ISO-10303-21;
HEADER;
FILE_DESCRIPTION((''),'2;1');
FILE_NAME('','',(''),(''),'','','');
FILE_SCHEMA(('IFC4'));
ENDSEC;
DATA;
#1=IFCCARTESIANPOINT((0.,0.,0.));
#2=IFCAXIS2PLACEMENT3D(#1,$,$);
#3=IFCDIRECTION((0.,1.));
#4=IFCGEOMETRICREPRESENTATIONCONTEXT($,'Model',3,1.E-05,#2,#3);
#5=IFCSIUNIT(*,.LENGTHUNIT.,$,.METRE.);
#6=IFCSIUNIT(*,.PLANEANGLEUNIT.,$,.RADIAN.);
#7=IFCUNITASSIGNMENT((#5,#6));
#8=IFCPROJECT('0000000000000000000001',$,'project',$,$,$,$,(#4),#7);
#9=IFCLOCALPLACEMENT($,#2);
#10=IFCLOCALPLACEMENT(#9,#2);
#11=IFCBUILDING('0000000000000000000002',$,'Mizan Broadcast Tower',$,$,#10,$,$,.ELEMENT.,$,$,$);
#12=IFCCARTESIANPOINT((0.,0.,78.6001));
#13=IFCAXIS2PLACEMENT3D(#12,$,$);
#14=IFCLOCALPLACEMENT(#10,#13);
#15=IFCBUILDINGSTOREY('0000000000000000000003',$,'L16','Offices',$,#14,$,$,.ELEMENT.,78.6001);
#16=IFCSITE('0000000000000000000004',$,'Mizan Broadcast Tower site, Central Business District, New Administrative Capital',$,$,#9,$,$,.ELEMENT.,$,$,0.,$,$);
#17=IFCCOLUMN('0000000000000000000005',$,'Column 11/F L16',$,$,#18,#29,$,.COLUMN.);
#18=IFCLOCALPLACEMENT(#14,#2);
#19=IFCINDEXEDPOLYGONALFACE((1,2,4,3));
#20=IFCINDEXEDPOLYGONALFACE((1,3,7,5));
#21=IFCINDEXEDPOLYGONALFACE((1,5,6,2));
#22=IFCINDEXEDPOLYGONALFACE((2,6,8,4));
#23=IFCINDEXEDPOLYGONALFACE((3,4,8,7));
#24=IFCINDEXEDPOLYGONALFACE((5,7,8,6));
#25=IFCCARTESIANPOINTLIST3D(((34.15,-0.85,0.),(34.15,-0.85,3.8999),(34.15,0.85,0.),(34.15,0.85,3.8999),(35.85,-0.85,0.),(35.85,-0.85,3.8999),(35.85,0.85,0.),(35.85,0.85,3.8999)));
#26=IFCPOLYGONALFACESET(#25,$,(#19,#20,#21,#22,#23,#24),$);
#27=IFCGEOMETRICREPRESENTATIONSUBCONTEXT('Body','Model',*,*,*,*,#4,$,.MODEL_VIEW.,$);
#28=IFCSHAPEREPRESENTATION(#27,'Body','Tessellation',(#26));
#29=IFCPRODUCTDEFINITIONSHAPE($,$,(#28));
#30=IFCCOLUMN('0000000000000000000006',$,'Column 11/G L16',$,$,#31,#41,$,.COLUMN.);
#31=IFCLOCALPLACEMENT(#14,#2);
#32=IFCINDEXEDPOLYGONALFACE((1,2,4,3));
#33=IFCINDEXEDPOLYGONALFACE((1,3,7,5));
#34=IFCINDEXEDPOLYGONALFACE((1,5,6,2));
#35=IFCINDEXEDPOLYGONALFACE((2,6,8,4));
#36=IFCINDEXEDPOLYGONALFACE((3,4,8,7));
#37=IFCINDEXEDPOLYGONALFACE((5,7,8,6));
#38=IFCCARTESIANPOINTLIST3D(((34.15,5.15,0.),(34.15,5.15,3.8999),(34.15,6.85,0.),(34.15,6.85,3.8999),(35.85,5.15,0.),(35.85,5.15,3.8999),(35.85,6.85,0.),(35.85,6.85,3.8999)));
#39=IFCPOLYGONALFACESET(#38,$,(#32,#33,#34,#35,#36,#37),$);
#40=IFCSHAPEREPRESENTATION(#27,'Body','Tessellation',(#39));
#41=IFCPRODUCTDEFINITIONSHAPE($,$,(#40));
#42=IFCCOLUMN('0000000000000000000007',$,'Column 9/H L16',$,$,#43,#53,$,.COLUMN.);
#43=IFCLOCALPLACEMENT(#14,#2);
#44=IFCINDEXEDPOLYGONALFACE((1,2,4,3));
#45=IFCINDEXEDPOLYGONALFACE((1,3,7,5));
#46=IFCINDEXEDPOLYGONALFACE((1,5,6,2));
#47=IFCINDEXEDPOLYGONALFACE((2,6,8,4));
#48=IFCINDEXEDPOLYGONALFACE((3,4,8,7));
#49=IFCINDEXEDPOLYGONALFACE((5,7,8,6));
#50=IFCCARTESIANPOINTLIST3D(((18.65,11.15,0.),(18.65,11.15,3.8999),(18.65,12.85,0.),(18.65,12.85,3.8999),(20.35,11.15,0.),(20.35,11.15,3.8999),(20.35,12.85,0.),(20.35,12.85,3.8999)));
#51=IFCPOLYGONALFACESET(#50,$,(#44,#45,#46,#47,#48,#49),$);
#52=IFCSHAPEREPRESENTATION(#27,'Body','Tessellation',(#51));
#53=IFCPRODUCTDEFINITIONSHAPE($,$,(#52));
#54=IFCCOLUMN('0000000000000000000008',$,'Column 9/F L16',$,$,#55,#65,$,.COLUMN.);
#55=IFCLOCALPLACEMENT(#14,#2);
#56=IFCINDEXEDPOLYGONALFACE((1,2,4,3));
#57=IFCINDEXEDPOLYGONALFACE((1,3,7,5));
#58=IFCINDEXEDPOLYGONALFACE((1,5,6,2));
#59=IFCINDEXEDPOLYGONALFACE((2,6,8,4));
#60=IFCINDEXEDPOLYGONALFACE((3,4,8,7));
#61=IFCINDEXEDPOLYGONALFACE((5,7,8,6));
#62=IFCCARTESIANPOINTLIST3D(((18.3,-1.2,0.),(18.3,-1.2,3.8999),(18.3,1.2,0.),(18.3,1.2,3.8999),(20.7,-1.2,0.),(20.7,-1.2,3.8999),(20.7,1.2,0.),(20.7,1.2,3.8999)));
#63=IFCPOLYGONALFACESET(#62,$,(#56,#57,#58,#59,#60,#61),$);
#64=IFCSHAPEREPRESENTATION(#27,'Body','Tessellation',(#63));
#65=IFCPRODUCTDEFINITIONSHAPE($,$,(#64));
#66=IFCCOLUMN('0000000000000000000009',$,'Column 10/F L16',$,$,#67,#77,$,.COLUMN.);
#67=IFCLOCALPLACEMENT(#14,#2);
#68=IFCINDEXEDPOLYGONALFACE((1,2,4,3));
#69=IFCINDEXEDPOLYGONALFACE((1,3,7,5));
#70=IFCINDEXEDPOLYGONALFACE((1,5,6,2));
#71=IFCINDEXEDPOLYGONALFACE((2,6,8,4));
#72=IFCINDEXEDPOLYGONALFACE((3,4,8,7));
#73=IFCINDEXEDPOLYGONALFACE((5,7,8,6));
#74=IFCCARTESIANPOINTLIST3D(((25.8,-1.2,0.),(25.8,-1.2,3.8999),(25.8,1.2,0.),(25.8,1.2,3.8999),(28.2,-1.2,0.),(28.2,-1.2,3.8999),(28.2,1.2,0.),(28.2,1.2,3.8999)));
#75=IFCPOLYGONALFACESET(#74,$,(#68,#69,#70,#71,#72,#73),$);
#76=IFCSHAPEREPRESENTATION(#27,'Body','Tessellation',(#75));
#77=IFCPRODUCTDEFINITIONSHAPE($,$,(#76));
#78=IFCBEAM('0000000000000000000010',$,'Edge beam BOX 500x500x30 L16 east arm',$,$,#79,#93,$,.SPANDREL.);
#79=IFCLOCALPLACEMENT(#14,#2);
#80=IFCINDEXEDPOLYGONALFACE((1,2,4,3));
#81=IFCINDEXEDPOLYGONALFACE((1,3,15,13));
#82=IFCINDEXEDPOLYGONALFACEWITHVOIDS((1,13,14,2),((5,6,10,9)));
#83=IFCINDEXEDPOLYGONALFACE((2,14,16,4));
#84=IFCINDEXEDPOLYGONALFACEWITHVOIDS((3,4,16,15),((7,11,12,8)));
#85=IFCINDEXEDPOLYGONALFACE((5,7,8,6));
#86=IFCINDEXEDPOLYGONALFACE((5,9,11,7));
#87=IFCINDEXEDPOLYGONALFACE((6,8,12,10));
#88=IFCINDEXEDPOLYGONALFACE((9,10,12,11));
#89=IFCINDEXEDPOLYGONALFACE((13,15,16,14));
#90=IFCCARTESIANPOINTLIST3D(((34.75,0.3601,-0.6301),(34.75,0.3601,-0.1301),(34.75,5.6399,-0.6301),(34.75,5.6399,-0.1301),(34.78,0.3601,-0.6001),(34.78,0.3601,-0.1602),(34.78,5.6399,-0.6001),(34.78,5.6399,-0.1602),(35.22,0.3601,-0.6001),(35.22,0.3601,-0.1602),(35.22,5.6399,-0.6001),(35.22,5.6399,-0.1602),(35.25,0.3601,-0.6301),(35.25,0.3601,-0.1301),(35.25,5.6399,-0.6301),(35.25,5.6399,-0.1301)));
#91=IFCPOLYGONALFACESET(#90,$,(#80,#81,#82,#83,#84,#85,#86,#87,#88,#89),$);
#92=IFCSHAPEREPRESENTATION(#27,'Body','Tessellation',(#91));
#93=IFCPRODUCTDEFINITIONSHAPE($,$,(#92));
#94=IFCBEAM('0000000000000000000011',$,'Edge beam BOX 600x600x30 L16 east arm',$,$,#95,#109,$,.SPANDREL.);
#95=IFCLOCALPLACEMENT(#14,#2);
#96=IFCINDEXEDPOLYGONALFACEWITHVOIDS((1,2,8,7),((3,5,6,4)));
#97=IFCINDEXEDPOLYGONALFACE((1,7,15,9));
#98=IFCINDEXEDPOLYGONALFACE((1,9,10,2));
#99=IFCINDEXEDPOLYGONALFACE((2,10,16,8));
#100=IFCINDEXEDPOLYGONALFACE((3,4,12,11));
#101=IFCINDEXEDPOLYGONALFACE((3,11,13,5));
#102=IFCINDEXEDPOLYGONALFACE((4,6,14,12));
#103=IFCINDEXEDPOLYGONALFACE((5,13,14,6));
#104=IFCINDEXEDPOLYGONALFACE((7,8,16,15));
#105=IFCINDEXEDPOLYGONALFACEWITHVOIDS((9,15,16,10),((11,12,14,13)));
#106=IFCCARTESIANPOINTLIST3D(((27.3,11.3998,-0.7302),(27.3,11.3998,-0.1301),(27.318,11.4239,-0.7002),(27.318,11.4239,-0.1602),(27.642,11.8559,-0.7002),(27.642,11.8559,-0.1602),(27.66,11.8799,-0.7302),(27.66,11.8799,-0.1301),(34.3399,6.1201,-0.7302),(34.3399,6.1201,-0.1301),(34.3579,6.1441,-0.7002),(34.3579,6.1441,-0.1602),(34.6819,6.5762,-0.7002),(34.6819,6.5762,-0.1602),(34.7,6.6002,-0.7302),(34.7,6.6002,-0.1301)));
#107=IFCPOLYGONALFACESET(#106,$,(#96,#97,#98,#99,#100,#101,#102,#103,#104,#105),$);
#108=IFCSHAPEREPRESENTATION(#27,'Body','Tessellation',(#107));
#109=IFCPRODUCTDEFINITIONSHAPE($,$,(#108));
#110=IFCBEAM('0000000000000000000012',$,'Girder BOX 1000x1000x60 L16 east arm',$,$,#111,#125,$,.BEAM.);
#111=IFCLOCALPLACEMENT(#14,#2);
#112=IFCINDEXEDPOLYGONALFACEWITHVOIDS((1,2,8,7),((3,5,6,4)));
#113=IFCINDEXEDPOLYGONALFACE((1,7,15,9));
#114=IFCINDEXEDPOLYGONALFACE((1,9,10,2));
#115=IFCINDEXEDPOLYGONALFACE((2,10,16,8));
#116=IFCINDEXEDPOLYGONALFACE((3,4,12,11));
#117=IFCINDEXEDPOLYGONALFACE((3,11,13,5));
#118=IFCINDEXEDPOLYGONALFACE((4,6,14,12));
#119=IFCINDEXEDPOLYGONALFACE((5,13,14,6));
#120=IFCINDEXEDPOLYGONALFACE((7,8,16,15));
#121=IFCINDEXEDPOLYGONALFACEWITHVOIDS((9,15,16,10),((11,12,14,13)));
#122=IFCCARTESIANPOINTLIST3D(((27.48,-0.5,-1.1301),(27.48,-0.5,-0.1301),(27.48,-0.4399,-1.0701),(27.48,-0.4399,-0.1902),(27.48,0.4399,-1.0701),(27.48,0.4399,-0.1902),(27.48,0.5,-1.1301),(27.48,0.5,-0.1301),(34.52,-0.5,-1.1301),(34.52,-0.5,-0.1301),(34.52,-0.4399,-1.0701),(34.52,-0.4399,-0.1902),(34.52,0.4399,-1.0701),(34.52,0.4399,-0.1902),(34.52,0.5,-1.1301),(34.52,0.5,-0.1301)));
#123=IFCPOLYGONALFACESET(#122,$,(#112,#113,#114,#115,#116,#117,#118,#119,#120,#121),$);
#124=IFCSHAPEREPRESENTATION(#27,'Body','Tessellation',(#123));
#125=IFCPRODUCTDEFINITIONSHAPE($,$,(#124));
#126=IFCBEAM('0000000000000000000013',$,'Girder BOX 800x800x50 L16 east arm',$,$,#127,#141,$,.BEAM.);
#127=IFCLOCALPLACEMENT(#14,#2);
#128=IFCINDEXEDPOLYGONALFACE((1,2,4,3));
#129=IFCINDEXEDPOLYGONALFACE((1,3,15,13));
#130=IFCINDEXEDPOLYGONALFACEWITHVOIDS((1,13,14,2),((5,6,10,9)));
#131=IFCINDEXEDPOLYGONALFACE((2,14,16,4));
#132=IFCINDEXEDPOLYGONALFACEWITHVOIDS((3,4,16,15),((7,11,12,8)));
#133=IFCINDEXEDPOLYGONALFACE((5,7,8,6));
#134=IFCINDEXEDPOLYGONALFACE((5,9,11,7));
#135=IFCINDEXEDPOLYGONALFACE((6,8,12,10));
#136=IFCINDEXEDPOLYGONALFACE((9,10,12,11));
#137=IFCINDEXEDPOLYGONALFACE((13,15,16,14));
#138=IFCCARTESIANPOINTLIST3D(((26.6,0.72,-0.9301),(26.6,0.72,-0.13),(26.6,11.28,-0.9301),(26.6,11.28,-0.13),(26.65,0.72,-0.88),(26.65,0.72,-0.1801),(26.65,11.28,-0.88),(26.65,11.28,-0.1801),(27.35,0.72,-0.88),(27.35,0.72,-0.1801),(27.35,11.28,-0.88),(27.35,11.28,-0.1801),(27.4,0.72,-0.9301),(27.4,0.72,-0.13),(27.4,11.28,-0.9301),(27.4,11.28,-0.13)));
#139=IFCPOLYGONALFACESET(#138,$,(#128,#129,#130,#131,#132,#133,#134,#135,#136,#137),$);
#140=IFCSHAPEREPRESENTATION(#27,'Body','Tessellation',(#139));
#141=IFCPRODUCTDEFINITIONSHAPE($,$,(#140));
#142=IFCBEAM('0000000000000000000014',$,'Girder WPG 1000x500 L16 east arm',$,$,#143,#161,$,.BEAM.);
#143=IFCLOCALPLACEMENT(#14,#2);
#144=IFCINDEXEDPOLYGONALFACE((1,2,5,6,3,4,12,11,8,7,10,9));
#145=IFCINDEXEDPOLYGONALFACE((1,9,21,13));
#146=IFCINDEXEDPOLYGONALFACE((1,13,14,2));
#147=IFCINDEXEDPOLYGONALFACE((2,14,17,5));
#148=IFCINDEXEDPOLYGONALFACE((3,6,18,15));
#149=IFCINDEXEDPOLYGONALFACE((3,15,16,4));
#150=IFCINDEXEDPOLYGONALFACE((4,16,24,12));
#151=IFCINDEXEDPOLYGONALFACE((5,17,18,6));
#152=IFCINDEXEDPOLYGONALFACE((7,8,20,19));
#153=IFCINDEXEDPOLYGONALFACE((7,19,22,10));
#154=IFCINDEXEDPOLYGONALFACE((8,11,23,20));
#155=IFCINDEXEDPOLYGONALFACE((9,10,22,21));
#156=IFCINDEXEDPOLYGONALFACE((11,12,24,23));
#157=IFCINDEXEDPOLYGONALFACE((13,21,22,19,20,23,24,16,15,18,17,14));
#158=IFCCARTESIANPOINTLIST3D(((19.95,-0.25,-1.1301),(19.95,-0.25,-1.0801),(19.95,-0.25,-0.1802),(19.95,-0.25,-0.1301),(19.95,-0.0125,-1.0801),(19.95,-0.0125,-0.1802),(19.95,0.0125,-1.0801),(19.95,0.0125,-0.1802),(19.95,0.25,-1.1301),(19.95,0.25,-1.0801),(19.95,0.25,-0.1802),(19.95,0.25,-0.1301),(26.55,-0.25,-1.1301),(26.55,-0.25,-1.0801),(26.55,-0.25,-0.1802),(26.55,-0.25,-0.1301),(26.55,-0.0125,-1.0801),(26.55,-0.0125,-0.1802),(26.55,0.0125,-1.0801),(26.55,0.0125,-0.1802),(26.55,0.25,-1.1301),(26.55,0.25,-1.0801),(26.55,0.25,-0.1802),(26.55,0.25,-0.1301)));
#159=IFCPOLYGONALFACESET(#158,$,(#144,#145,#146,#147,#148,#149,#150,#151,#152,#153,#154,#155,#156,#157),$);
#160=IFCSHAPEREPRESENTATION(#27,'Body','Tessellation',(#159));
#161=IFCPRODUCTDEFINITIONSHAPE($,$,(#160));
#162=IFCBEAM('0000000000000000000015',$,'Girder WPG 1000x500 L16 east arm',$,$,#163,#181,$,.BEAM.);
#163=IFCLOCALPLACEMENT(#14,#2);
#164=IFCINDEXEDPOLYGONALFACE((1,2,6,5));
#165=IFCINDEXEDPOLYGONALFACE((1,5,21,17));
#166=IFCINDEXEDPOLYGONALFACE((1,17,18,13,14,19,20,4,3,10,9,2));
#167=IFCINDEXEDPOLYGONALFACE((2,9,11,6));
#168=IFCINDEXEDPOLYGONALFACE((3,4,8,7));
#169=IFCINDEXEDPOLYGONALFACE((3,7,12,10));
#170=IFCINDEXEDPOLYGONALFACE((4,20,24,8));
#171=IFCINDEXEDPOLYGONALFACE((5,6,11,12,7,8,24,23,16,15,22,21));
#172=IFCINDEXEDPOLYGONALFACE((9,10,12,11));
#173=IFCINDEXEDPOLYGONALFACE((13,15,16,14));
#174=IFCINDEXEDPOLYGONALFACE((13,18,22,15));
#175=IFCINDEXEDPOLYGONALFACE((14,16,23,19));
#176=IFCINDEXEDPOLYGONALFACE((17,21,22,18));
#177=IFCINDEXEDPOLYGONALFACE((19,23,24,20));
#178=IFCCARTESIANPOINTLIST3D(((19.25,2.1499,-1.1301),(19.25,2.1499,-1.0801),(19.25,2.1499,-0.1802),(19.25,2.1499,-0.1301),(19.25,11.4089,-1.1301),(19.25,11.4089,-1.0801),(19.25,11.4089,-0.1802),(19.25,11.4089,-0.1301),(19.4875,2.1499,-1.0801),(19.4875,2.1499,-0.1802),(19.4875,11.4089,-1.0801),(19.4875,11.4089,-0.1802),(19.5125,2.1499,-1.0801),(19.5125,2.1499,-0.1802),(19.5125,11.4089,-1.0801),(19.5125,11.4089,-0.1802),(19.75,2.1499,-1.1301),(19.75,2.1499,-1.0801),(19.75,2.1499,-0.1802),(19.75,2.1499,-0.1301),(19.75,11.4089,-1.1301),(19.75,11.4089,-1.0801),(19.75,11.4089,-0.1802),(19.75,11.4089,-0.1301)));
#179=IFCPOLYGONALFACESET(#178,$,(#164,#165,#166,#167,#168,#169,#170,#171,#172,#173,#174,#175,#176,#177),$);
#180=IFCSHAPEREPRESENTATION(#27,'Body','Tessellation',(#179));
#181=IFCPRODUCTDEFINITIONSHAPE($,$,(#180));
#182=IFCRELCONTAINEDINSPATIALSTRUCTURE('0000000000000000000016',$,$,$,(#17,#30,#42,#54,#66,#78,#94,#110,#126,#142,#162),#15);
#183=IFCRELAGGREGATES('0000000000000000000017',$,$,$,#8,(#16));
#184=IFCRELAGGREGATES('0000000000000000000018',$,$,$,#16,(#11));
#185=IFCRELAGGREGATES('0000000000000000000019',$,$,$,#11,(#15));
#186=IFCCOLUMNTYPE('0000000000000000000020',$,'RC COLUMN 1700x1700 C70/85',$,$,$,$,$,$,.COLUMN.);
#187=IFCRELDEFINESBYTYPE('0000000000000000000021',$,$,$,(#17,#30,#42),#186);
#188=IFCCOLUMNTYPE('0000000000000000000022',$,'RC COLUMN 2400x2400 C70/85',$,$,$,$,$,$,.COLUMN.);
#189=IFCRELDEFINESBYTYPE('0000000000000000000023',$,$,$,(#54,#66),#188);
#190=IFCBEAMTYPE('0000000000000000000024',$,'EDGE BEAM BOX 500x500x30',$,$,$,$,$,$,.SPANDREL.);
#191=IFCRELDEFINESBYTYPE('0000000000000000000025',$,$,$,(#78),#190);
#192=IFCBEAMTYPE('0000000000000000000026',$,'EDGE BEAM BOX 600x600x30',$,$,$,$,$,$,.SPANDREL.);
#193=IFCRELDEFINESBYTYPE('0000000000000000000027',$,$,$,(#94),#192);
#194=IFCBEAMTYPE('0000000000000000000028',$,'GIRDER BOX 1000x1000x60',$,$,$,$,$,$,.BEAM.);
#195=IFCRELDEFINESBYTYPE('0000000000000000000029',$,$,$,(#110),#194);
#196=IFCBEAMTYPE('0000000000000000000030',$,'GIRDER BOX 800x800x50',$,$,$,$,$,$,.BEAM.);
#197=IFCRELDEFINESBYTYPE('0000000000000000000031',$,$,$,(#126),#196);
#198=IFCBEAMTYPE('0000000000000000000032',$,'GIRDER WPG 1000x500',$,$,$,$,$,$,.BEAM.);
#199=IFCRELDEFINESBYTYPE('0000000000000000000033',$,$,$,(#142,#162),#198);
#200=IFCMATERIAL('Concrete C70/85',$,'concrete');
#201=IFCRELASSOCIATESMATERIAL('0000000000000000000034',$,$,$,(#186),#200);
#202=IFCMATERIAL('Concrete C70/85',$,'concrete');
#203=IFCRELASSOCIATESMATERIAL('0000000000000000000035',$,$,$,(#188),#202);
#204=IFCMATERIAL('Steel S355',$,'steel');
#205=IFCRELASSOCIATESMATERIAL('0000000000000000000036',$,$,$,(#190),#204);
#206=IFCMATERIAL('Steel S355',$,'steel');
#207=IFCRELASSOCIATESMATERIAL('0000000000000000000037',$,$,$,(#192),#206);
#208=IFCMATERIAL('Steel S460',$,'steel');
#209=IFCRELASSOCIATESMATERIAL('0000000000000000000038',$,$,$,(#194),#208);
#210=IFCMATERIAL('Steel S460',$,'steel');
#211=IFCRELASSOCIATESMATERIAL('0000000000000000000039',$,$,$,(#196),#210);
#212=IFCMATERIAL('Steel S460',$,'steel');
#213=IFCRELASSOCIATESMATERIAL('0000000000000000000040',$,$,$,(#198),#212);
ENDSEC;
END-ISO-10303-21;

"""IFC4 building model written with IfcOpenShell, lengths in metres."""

from ifc_helpers import new_model, si_unit, direction, frame, origin, origin_2d, place, context, subcontext, project, spatial, rectangle, hollow_rectangle, i_section, extrude, material, material_profile, profile_set, type_object, element, save


model = new_model("IFC4")

# Units and contexts
model_context = context("Model", 3, precision=1e-05, world=origin(), true_north=direction((0.0, 1.0)))
body_context = subcontext(model_context, "Body", "Model", "MODEL_VIEW")
ifc_project = project(units=[si_unit("LENGTHUNIT", "METRE"), si_unit("PLANEANGLEUNIT", "RADIAN")], contexts=[model_context])

# Site, building, storey
site_placement = place(None, origin())
site = spatial("IfcSite", under=ifc_project, at=site_placement, Name="Mizan Broadcast Tower site, Central Business District, New Administrative Capital", CompositionType="ELEMENT", RefElevation=0.0)
building_placement = place(site_placement, origin())
building = spatial("IfcBuilding", under=site, at=building_placement, Name="Mizan Broadcast Tower", CompositionType="ELEMENT")
storey_placement = place(building_placement, frame((0.0, 0.0, 78.6001)))
storey = spatial("IfcBuildingStorey", under=building, at=storey_placement, Name="L16", Description="Offices", CompositionType="ELEMENT", Elevation=78.6001)

# Columns
ifc_material_1 = material(Name="Concrete C70/85", Category="concrete")
ifc_material_profile_1 = material_profile(ifc_material_1, rectangle(XDim=1.7, YDim=1.7, at=origin_2d()), Name="RC 1700x1700")
ifc_profile_set_1 = profile_set([ifc_material_profile_1], Name="Concrete C70/85")
column_type_1 = type_object("IfcColumnType", Name="RC COLUMN 1700x1700 C70/85", PredefinedType="COLUMN", material=ifc_profile_set_1)
for number, where, z_axis, x_axis, name in (
    (1, (35.0, 0.0, 0.0), (0.0, 0.0, 1.0), (1.0, 0.0, 0.0), "Column 11/F L16"),
    (2, (35.0, 6.0, 0.0), (0.0, 0.0, 1.0), (1.0, 0.0, 0.0), "Column 11/G L16"),
    (3, (19.5, 12.0, 0.0), (0.0, 0.0, 1.0), (1.0, 0.0, 0.0), "Column 9/H L16"),
):
    element("IfcColumn", number, at=place(storey_placement, frame(where, z_axis=z_axis, x_axis=x_axis)), inside=storey, type_object=column_type_1, Name=name, PredefinedType="COLUMN", context=body_context, shape_type="SweptSolid", body=[
        extrude(rectangle(XDim=1.7, YDim=1.7, at=origin_2d()), origin(), (0.0, 0.0, 1.0), 3.8999),
    ])
ifc_material_2 = material(Name="Concrete C70/85", Category="concrete")
ifc_material_profile_2 = material_profile(ifc_material_2, rectangle(XDim=2.3999, YDim=2.3999, at=origin_2d()), Name="RC 2400x2400")
ifc_profile_set_2 = profile_set([ifc_material_profile_2], Name="Concrete C70/85")
column_type_2 = type_object("IfcColumnType", Name="RC COLUMN 2400x2400 C70/85", PredefinedType="COLUMN", material=ifc_profile_set_2)
for number, where, z_axis, x_axis, name in (
    (4, (19.5, 0.0, 0.0), (0.0, 0.0, 1.0), (1.0, 0.0, 0.0), "Column 9/F L16"),
    (5, (27.0, 0.0, 0.0), (0.0, 0.0, 1.0), (1.0, 0.0, 0.0), "Column 10/F L16"),
):
    element("IfcColumn", number, at=place(storey_placement, frame(where, z_axis=z_axis, x_axis=x_axis)), inside=storey, type_object=column_type_2, Name=name, PredefinedType="COLUMN", context=body_context, shape_type="SweptSolid", body=[
        extrude(rectangle(XDim=2.3999, YDim=2.3999, at=origin_2d()), origin(), (0.0, 0.0, 1.0), 3.8999),
    ])

# Beams
ifc_material_3 = material(Name="Steel S355", Category="steel")
ifc_material_profile_3 = material_profile(ifc_material_3, hollow_rectangle(XDim=0.5, YDim=0.5, WallThickness=0.03, at=origin_2d()), Name="BOX 500x500x30")
ifc_profile_set_3 = profile_set([ifc_material_profile_3], Name="Steel S355")
beam_type_1 = type_object("IfcBeamType", Name="EDGE BEAM BOX 500x500x30", PredefinedType="SPANDREL", material=ifc_profile_set_3)
beam_1_placement = place(storey_placement, frame((35.0, 5.6399, -0.3801), z_axis=(0.0, -1.0, 0.0), x_axis=(1.0, 0.0, 0.0)))
element("IfcBeam", 6, at=beam_1_placement, inside=storey, type_object=beam_type_1, Name="Edge beam BOX 500x500x30 L16 east arm", PredefinedType="SPANDREL", context=body_context, shape_type="SweptSolid", body=[
    extrude(hollow_rectangle(XDim=0.5, YDim=0.5, WallThickness=0.03, at=origin_2d()), origin(), (0.0, 0.0, 1.0), 5.2798),
])
ifc_material_4 = material(Name="Steel S355", Category="steel")
ifc_material_profile_4 = material_profile(ifc_material_4, hollow_rectangle(XDim=0.6001, YDim=0.6001, WallThickness=0.03, at=origin_2d()), Name="BOX 600x600x30")
ifc_profile_set_4 = profile_set([ifc_material_profile_4], Name="Steel S355")
beam_type_2 = type_object("IfcBeamType", Name="EDGE BEAM BOX 600x600x30", PredefinedType="SPANDREL", material=ifc_profile_set_4)
beam_2_placement = place(storey_placement, frame((27.48, 11.6399, -0.4302), z_axis=(0.800013, -0.599982, 0.0), x_axis=(0.599982, 0.800013, 0.0)))
element("IfcBeam", 7, at=beam_2_placement, inside=storey, type_object=beam_type_2, Name="Edge beam BOX 600x600x30 L16 east arm", PredefinedType="SPANDREL", context=body_context, shape_type="SweptSolid", body=[
    extrude(hollow_rectangle(XDim=0.6001, YDim=0.6001, WallThickness=0.03, at=origin_2d()), origin(), (0.0, 0.0, 1.0), 8.7998),
])
ifc_material_5 = material(Name="Steel S460", Category="steel")
ifc_material_profile_5 = material_profile(ifc_material_5, hollow_rectangle(XDim=1.0, YDim=1.0, WallThickness=0.0601, at=origin_2d()), Name="BOX 1000x1000x60")
ifc_profile_set_5 = profile_set([ifc_material_profile_5], Name="Steel S460")
beam_type_3 = type_object("IfcBeamType", Name="GIRDER BOX 1000x1000x60", PredefinedType="BEAM", material=ifc_profile_set_5)
beam_3_placement = place(storey_placement, frame((27.48, 0.0, -0.6301), z_axis=(1.0, 0.0, 0.0), x_axis=(0.0, 1.0, 0.0)))
element("IfcBeam", 8, at=beam_3_placement, inside=storey, type_object=beam_type_3, Name="Girder BOX 1000x1000x60 L16 east arm", PredefinedType="BEAM", context=body_context, shape_type="SweptSolid", body=[
    extrude(hollow_rectangle(XDim=1.0, YDim=1.0, WallThickness=0.0601, at=origin_2d()), origin(), (0.0, 0.0, 1.0), 7.04),
])
ifc_material_6 = material(Name="Steel S460", Category="steel")
ifc_material_profile_6 = material_profile(ifc_material_6, hollow_rectangle(XDim=0.8, YDim=0.8, WallThickness=0.05, at=origin_2d()), Name="BOX 800x800x50")
ifc_profile_set_6 = profile_set([ifc_material_profile_6], Name="Steel S460")
beam_type_4 = type_object("IfcBeamType", Name="GIRDER BOX 800x800x50", PredefinedType="BEAM", material=ifc_profile_set_6)
beam_4_placement = place(storey_placement, frame((27.0, 11.28, -0.53), z_axis=(0.0, -1.0, 0.0), x_axis=(1.0, 0.0, 0.0)))
element("IfcBeam", 9, at=beam_4_placement, inside=storey, type_object=beam_type_4, Name="Girder BOX 800x800x50 L16 east arm", PredefinedType="BEAM", context=body_context, shape_type="SweptSolid", body=[
    extrude(hollow_rectangle(XDim=0.8, YDim=0.8, WallThickness=0.05, at=origin_2d()), origin(), (0.0, 0.0, 1.0), 10.5601),
])
ifc_material_7 = material(Name="Steel S460", Category="steel")
ifc_material_profile_7 = material_profile(ifc_material_7, i_section(OverallWidth=0.5, OverallDepth=1.0, WebThickness=0.0249, FlangeThickness=0.05, at=origin_2d()), Name="WPG 1000x500")
ifc_profile_set_7 = profile_set([ifc_material_profile_7], Name="Steel S460")
beam_type_5 = type_object("IfcBeamType", Name="GIRDER WPG 1000x500", PredefinedType="BEAM", material=ifc_profile_set_7)
beam_5_placement = place(storey_placement, frame((19.95, 0.0, -0.6301), z_axis=(1.0, 0.0, 0.0), x_axis=(0.0, 1.0, 0.0)))
element("IfcBeam", 10, at=beam_5_placement, inside=storey, type_object=beam_type_5, Name="Girder WPG 1000x500 L16 east arm", PredefinedType="BEAM", context=body_context, shape_type="SweptSolid", body=[
    extrude(i_section(OverallWidth=0.5, OverallDepth=1.0, WebThickness=0.0249, FlangeThickness=0.05, at=origin_2d()), origin(), (0.0, 0.0, 1.0), 6.6001),
])
beam_6_placement = place(storey_placement, frame((19.5, 11.4089, -0.6301), z_axis=(0.0, -1.0, 0.0), x_axis=(1.0, 0.0, 0.0)))
element("IfcBeam", 11, at=beam_6_placement, inside=storey, type_object=beam_type_5, Name="Girder WPG 1000x500 L16 east arm", PredefinedType="BEAM", context=body_context, shape_type="SweptSolid", body=[
    extrude(i_section(OverallWidth=0.5, OverallDepth=1.0, WebThickness=0.0249, FlangeThickness=0.05, at=origin_2d()), origin(), (0.0, 0.0, 1.0), 9.259),
])

save(model, "model.ifc")
